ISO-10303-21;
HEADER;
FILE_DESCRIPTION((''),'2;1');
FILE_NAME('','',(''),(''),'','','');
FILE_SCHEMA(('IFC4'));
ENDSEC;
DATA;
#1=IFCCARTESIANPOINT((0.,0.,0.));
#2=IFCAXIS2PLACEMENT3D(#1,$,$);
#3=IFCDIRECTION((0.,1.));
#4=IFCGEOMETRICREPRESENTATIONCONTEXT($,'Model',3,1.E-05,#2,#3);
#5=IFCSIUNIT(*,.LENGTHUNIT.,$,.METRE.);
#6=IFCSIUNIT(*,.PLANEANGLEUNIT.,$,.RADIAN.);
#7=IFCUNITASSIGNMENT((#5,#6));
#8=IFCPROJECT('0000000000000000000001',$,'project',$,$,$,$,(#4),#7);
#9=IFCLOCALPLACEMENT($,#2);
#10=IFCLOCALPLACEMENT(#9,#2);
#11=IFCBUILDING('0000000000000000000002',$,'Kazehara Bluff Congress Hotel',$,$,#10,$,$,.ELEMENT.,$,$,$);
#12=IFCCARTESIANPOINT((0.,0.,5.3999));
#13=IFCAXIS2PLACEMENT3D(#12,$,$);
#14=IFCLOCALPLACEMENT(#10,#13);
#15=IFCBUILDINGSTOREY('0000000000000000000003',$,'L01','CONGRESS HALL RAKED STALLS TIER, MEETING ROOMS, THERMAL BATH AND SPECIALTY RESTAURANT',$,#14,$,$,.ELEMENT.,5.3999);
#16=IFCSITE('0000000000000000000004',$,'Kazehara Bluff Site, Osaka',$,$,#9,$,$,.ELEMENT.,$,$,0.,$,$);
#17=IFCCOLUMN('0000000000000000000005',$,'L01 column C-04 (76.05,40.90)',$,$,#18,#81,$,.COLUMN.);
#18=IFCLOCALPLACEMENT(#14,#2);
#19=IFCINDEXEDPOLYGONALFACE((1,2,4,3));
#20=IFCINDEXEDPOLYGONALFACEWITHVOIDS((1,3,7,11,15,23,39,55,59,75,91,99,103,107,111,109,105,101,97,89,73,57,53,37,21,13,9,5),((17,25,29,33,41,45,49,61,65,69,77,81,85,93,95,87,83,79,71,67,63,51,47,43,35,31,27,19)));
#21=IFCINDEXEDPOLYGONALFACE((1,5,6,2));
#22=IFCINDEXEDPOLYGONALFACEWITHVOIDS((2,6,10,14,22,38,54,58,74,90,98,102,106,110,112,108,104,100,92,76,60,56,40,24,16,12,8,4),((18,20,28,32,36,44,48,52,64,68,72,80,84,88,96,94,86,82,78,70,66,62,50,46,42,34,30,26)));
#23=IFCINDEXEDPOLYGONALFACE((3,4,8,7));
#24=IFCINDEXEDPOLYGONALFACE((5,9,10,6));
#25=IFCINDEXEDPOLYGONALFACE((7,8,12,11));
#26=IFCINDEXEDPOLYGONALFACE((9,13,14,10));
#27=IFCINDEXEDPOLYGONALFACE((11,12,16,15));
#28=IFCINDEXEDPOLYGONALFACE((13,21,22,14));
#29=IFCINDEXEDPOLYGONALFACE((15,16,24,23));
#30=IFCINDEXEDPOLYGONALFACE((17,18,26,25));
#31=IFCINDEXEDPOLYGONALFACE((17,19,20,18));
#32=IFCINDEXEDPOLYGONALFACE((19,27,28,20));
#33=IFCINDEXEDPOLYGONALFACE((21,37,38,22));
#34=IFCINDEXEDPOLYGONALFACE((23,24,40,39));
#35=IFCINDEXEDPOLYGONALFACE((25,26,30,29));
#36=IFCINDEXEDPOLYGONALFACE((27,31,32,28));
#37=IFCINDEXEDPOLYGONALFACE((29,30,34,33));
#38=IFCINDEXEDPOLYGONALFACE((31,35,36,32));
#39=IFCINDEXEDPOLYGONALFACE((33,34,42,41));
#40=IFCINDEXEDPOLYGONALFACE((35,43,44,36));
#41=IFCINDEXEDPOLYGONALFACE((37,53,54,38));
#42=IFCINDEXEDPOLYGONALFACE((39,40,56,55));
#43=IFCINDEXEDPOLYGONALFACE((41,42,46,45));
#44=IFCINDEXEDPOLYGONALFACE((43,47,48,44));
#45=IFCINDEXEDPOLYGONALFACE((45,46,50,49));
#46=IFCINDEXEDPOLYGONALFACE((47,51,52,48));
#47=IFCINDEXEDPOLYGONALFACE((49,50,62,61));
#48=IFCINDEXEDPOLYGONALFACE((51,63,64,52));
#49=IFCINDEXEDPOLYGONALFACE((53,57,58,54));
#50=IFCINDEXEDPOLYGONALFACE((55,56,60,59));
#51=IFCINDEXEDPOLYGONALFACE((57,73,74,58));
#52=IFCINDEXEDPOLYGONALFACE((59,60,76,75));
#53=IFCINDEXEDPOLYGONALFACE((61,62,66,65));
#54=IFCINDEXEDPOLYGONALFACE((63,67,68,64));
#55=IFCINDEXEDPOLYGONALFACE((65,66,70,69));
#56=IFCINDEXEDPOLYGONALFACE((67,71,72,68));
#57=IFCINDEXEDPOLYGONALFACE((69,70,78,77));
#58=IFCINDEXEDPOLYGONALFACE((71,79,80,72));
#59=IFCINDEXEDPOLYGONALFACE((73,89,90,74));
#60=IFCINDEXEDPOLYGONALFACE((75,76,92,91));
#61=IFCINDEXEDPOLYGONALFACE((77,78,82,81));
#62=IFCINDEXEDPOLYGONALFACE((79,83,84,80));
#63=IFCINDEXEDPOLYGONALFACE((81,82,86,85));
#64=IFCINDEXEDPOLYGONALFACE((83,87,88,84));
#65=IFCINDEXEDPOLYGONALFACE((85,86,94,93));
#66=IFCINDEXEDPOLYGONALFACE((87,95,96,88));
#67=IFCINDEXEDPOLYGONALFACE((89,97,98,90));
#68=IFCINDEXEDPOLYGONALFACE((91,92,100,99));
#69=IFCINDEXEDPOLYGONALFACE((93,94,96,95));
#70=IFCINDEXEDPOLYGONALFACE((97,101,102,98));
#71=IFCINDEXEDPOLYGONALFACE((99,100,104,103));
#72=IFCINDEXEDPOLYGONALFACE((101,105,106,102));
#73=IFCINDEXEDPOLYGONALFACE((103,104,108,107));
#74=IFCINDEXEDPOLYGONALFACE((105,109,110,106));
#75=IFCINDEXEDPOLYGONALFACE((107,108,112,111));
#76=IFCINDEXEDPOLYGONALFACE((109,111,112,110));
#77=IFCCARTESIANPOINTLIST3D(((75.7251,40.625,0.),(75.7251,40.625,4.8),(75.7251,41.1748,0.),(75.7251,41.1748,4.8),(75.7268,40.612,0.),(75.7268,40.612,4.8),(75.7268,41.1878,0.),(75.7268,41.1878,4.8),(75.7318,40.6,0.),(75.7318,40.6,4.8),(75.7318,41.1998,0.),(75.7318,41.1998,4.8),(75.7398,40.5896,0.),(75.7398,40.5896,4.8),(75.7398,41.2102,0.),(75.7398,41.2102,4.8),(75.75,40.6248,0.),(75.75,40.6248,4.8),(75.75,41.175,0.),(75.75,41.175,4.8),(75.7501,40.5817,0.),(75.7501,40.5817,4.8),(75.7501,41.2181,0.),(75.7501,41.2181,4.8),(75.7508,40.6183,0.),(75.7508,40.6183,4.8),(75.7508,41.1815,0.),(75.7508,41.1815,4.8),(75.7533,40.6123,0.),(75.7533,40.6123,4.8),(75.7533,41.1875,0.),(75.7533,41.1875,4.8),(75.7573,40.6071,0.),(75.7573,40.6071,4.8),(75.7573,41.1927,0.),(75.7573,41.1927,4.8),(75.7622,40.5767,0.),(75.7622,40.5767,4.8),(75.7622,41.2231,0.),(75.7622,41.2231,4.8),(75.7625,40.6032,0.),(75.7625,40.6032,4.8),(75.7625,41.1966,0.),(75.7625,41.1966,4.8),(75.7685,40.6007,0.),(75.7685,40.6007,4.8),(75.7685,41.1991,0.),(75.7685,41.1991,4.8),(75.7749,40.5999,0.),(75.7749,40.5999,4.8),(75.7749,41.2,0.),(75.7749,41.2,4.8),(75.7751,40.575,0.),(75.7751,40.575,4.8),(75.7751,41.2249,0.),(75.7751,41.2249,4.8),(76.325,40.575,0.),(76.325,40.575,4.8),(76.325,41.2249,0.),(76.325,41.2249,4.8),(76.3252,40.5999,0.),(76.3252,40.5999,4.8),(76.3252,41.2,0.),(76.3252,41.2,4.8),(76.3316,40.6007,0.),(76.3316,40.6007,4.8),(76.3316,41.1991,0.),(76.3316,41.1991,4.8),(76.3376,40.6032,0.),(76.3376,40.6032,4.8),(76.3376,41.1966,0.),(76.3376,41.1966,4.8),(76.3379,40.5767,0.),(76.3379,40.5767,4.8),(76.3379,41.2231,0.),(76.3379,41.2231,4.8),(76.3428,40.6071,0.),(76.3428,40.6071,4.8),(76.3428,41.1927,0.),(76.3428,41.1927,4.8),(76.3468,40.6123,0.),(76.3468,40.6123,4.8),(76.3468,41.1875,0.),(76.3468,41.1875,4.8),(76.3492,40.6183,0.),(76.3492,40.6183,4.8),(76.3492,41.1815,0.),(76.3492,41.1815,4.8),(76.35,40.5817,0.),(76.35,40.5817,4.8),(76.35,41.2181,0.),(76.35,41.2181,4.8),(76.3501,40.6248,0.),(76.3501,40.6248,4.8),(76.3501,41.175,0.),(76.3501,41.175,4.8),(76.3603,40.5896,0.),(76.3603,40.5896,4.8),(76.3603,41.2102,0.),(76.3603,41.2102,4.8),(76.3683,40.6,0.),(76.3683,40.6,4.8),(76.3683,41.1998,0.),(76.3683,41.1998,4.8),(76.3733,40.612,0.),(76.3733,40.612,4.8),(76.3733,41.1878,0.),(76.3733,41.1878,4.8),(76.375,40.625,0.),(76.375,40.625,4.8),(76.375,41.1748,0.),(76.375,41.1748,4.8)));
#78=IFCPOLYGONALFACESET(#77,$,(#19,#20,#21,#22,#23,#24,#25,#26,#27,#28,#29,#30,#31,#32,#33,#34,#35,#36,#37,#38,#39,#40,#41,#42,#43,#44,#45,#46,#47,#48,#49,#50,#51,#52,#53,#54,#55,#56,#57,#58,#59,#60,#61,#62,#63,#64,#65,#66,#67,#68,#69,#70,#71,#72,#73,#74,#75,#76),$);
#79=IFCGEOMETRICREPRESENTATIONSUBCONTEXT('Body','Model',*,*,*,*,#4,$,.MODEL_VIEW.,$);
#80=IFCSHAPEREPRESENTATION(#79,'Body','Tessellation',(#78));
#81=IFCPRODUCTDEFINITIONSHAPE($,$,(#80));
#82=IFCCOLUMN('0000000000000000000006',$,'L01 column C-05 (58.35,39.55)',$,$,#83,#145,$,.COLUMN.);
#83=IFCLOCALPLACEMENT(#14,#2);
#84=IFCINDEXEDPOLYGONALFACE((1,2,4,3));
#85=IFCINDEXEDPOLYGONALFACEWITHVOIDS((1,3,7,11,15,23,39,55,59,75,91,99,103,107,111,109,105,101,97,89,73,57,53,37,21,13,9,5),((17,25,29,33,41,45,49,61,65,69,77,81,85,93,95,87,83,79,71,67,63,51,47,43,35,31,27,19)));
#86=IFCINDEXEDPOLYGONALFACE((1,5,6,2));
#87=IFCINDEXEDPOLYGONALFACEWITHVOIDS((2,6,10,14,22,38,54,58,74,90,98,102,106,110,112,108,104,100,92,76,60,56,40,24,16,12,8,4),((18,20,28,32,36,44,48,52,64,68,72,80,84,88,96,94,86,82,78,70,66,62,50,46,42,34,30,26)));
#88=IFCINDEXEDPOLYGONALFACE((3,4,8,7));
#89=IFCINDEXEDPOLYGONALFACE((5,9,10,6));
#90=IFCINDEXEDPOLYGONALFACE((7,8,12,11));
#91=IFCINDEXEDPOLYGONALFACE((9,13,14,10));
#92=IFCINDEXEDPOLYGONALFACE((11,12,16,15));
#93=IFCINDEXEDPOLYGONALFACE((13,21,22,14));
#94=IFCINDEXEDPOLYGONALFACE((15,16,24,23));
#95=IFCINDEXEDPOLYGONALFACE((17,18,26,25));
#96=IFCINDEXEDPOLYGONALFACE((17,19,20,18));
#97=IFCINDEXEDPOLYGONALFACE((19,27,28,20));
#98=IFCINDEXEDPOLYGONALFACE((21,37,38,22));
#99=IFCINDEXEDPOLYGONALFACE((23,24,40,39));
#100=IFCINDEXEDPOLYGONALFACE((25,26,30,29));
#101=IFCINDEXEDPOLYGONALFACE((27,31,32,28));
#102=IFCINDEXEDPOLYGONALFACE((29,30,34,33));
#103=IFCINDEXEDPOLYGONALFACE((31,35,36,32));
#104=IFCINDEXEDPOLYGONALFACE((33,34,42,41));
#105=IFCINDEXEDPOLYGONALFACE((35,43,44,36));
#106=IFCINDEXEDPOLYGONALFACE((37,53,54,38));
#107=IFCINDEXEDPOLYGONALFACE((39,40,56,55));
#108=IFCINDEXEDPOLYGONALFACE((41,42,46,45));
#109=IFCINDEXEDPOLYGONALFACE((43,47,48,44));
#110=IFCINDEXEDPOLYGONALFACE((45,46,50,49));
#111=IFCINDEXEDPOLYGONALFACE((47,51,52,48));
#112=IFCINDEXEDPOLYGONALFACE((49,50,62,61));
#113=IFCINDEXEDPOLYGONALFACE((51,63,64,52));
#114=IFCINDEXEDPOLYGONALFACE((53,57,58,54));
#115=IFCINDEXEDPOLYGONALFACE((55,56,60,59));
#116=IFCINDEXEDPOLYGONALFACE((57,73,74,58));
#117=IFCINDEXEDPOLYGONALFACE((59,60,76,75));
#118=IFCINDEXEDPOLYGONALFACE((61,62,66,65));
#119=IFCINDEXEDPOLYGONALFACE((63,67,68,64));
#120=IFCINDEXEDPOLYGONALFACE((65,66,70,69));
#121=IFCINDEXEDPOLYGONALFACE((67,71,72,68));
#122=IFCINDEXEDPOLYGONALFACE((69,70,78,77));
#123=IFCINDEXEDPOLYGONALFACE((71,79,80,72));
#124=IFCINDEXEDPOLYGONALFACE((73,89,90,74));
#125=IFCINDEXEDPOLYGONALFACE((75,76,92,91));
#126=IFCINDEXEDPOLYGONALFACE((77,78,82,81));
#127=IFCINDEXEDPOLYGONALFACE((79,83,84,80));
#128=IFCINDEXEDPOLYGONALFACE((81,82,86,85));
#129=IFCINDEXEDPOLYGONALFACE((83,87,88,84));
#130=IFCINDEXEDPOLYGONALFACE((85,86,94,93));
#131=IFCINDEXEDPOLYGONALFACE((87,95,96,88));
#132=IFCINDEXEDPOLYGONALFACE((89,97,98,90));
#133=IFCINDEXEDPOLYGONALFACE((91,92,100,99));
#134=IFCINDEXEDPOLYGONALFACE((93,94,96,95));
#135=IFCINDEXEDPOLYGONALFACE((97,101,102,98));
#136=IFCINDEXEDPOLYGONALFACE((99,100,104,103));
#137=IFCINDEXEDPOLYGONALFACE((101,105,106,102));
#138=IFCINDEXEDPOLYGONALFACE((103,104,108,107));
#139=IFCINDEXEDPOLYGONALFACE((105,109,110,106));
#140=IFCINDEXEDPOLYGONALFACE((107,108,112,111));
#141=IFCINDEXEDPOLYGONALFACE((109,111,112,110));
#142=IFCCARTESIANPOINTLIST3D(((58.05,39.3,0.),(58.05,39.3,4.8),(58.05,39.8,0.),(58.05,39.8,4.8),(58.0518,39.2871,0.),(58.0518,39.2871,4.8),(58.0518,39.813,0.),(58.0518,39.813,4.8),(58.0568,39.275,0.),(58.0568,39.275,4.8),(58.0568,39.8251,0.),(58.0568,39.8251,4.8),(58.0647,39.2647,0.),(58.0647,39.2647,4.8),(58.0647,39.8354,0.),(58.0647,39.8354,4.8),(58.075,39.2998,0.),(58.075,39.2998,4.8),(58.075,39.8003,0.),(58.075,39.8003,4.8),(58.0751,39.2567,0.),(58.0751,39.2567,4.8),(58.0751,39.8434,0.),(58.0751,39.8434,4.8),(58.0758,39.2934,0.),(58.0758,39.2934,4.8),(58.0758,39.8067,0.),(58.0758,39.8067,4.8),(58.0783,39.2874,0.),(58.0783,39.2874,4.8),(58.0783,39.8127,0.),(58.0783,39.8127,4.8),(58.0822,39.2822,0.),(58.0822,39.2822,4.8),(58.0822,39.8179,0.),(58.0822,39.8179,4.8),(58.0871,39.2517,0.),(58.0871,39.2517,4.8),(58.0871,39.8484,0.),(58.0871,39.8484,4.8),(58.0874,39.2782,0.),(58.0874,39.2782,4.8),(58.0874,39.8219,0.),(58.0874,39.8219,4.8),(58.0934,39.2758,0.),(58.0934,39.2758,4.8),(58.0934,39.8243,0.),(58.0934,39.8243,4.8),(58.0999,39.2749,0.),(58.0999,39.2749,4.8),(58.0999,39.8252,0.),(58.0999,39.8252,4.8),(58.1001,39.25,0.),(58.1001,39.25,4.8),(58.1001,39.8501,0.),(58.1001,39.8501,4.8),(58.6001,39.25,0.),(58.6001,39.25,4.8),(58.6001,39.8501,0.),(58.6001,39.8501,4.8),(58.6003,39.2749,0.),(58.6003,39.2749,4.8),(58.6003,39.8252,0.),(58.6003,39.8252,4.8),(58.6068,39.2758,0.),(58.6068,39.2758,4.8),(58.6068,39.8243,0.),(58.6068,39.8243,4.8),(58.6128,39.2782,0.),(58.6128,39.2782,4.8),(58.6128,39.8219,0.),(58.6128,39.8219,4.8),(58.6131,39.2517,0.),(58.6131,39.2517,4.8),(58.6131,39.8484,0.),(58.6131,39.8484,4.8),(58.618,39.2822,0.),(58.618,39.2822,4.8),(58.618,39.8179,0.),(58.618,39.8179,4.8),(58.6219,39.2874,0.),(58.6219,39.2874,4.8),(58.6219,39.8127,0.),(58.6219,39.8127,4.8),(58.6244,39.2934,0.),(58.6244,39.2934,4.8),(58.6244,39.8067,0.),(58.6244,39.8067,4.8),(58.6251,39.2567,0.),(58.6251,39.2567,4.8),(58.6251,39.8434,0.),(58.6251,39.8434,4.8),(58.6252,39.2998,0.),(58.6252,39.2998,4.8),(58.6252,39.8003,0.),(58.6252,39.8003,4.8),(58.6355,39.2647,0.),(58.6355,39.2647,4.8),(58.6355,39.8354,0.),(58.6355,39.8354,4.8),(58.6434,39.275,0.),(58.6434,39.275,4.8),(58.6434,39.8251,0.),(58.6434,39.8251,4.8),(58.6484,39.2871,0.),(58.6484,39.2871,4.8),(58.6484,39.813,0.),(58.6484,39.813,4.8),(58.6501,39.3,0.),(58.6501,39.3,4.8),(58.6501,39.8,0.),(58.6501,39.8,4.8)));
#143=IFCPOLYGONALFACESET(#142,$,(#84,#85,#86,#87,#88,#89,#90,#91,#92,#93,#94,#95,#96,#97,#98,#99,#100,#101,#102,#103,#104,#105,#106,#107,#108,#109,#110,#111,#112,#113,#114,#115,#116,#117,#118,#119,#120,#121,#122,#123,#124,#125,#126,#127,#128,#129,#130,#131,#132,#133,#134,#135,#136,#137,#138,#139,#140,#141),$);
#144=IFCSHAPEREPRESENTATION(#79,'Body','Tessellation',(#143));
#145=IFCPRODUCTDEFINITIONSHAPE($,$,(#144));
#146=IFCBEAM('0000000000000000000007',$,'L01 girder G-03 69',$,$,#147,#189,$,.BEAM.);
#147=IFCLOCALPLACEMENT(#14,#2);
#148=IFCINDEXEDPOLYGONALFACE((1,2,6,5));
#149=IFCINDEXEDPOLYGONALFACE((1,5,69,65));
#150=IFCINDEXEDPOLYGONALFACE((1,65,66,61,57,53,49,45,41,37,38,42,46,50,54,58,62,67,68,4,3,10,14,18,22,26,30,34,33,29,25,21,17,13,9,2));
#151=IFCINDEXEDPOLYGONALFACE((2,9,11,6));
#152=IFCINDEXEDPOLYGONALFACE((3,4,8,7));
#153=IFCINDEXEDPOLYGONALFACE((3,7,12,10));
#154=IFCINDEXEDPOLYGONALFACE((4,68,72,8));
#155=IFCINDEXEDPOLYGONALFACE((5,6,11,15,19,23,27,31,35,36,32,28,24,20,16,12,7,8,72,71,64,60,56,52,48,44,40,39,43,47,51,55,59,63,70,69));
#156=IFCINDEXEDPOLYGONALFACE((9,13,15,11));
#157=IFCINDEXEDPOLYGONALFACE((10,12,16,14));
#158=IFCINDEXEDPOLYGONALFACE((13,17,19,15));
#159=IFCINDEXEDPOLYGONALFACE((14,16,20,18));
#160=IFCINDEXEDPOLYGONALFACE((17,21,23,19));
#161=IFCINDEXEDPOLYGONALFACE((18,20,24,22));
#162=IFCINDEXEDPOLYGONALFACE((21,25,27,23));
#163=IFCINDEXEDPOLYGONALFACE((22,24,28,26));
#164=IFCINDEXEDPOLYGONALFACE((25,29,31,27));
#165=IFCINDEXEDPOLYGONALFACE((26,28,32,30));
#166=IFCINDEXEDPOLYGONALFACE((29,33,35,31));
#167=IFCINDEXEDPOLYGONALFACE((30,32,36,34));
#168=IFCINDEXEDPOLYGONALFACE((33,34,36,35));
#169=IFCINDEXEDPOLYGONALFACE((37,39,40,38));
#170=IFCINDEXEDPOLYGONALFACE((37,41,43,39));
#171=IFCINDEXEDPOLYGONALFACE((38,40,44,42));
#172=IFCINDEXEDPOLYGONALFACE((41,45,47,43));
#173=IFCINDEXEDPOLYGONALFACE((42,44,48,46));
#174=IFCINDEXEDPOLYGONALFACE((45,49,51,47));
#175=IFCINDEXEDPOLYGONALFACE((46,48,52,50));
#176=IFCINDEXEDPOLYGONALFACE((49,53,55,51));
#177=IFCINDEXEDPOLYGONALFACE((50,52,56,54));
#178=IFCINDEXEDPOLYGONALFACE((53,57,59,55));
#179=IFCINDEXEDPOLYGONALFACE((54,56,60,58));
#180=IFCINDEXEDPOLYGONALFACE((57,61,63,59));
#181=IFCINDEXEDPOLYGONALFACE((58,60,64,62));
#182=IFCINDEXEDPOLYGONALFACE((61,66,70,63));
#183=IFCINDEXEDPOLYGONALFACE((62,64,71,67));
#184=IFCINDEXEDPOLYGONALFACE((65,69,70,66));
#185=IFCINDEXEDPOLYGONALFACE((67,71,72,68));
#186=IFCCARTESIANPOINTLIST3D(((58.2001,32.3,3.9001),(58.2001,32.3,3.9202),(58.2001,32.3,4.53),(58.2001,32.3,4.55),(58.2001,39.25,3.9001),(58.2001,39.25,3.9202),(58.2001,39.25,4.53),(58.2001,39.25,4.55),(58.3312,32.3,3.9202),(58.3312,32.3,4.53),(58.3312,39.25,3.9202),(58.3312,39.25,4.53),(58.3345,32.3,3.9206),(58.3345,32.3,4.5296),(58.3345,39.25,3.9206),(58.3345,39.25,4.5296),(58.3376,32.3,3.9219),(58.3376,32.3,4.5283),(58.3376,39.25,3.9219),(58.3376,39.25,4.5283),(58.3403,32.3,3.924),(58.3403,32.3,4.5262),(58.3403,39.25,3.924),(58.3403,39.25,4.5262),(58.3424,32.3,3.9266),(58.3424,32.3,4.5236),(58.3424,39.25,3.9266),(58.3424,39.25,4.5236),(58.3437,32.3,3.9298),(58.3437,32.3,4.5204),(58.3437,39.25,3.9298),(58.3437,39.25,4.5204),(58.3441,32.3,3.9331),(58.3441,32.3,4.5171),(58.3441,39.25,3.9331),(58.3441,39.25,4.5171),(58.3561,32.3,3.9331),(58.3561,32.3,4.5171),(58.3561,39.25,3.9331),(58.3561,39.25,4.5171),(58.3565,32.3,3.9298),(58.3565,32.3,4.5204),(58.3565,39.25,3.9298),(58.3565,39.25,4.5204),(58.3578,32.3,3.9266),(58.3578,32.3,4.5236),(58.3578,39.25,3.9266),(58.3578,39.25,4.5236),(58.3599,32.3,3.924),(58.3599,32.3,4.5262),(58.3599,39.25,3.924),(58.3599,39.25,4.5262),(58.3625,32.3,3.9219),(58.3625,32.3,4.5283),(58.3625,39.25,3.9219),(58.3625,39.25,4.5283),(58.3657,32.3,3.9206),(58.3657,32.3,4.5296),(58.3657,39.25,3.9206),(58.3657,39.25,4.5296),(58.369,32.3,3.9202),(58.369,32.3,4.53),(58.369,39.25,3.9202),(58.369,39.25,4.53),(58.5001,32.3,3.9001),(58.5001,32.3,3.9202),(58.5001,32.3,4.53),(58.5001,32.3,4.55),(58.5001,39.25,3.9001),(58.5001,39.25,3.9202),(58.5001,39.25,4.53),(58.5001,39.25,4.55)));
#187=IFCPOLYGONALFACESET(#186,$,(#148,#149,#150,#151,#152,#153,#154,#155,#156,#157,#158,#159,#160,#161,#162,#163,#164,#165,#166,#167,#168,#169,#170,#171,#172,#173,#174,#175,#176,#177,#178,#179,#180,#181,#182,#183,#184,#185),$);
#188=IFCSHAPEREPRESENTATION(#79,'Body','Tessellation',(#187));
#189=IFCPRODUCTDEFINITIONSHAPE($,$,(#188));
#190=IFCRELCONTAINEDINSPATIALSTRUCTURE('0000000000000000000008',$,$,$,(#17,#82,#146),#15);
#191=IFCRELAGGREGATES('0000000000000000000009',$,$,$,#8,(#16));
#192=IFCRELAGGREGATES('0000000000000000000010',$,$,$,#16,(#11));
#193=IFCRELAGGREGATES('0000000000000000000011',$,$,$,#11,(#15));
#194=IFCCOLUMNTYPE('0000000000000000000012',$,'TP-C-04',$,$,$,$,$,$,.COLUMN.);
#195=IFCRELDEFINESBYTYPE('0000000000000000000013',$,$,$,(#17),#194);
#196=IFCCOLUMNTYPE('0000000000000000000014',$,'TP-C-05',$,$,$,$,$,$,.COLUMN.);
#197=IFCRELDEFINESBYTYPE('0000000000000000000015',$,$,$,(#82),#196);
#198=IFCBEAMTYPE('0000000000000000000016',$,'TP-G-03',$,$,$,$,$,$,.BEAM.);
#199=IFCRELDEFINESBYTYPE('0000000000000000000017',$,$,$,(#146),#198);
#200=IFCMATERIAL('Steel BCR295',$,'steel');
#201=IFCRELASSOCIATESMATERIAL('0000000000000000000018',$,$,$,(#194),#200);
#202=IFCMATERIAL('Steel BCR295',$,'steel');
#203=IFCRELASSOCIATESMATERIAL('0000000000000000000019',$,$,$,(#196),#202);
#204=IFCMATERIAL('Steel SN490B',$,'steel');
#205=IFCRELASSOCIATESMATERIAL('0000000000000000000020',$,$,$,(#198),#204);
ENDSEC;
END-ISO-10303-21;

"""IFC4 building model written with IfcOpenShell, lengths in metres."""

from ifc_helpers import new_model, si_unit, direction, frame, origin, origin_2d, place, context, subcontext, project, spatial, hollow_rectangle, i_section, extrude, material, material_profile, profile_set, type_object, element, save


model = new_model("IFC4")

# Units and contexts
model_context = context("Model", 3, precision=1e-05, world=origin(), true_north=direction((0.0, 1.0)))
body_context = subcontext(model_context, "Body", "Model", "MODEL_VIEW")
ifc_project = project(units=[si_unit("LENGTHUNIT", "METRE"), si_unit("PLANEANGLEUNIT", "RADIAN")], contexts=[model_context])

# Site, building, storey
site_placement = place(None, origin())
site = spatial("IfcSite", under=ifc_project, at=site_placement, Name="Kazehara Bluff Site, Osaka", CompositionType="ELEMENT", RefElevation=0.0)
building_placement = place(site_placement, origin())
building = spatial("IfcBuilding", under=site, at=building_placement, Name="Kazehara Bluff Congress Hotel", CompositionType="ELEMENT")
storey_placement = place(building_placement, frame((0.0, 0.0, 5.3999)))
storey = spatial("IfcBuildingStorey", under=building, at=storey_placement, Name="L01", Description="CONGRESS HALL RAKED STALLS TIER, MEETING ROOMS, THERMAL BATH AND SPECIALTY RESTAURANT", CompositionType="ELEMENT", Elevation=5.3999)

# Columns
ifc_material_1 = material(Name="Steel BCR295", Category="steel")
ifc_material_profile_1 = material_profile(ifc_material_1, hollow_rectangle(XDim=0.6499, YDim=0.6499, WallThickness=0.0249, InnerFilletRadius=0.0249, OuterFilletRadius=0.05, at=origin_2d()))
ifc_profile_set_1 = profile_set([ifc_material_profile_1], Name="Steel BCR295")
column_type_1 = type_object("IfcColumnType", Name="TP-C-04", PredefinedType="COLUMN", material=ifc_profile_set_1)
for number, where, z_axis, x_axis, name in (
    (1, (76.05, 40.8999, 0.0), (0.0, 0.0, 1.0), (1.0, 0.0, 0.0), "L01 column C-04 (76.05,40.90)"),
):
    element("IfcColumn", number, at=place(storey_placement, frame(where, z_axis=z_axis, x_axis=x_axis)), inside=storey, type_object=column_type_1, Name=name, PredefinedType="COLUMN", context=body_context, shape_type="SweptSolid", body=[
        extrude(hollow_rectangle(XDim=0.6499, YDim=0.6499, WallThickness=0.0249, InnerFilletRadius=0.0249, OuterFilletRadius=0.05, at=origin_2d()), origin(), (0.0, 0.0, 1.0), 4.8),
    ])
ifc_material_2 = material(Name="Steel BCR295", Category="steel")
ifc_material_profile_2 = material_profile(ifc_material_2, hollow_rectangle(XDim=0.6001, YDim=0.6001, WallThickness=0.0249, InnerFilletRadius=0.0249, OuterFilletRadius=0.05, at=origin_2d()))
ifc_profile_set_2 = profile_set([ifc_material_profile_2], Name="Steel BCR295")
column_type_2 = type_object("IfcColumnType", Name="TP-C-05", PredefinedType="COLUMN", material=ifc_profile_set_2)
column_placement = place(storey_placement, frame((58.3501, 39.55, 0.0), z_axis=(0.0, 0.0, 1.0), x_axis=(1.0, 0.0, 0.0)))
element("IfcColumn", 2, at=column_placement, inside=storey, type_object=column_type_2, Name="L01 column C-05 (58.35,39.55)", PredefinedType="COLUMN", context=body_context, shape_type="SweptSolid", body=[
    extrude(hollow_rectangle(XDim=0.6001, YDim=0.6001, WallThickness=0.0249, InnerFilletRadius=0.0249, OuterFilletRadius=0.05, at=origin_2d()), origin(), (0.0, 0.0, 1.0), 4.8),
])

# Beam
ifc_material_3 = material(Name="Steel SN490B", Category="steel")
ifc_material_profile_3 = material_profile(ifc_material_3, i_section(OverallWidth=0.3, OverallDepth=0.6499, WebThickness=0.012, FlangeThickness=0.02, FilletRadius=0.0129, at=origin_2d()))
ifc_profile_set_3 = profile_set([ifc_material_profile_3], Name="Steel SN490B")
beam_type_1 = type_object("IfcBeamType", Name="TP-G-03", PredefinedType="BEAM", material=ifc_profile_set_3)
beam_1_placement = place(storey_placement, frame((58.3501, 32.3, 4.2251), z_axis=(0.0, 1.0, 0.0), x_axis=(-1.0, 0.0, 0.0)))
element("IfcBeam", 3, at=beam_1_placement, inside=storey, type_object=beam_type_1, Name="L01 girder G-03 69", PredefinedType="BEAM", context=body_context, shape_type="SweptSolid", body=[
    extrude(i_section(OverallWidth=0.3, OverallDepth=0.6499, WebThickness=0.012, FlangeThickness=0.02, FilletRadius=0.0129, at=origin_2d()), origin(), (0.0, 0.0, 1.0), 6.95),
])

save(model, "model.ifc")
